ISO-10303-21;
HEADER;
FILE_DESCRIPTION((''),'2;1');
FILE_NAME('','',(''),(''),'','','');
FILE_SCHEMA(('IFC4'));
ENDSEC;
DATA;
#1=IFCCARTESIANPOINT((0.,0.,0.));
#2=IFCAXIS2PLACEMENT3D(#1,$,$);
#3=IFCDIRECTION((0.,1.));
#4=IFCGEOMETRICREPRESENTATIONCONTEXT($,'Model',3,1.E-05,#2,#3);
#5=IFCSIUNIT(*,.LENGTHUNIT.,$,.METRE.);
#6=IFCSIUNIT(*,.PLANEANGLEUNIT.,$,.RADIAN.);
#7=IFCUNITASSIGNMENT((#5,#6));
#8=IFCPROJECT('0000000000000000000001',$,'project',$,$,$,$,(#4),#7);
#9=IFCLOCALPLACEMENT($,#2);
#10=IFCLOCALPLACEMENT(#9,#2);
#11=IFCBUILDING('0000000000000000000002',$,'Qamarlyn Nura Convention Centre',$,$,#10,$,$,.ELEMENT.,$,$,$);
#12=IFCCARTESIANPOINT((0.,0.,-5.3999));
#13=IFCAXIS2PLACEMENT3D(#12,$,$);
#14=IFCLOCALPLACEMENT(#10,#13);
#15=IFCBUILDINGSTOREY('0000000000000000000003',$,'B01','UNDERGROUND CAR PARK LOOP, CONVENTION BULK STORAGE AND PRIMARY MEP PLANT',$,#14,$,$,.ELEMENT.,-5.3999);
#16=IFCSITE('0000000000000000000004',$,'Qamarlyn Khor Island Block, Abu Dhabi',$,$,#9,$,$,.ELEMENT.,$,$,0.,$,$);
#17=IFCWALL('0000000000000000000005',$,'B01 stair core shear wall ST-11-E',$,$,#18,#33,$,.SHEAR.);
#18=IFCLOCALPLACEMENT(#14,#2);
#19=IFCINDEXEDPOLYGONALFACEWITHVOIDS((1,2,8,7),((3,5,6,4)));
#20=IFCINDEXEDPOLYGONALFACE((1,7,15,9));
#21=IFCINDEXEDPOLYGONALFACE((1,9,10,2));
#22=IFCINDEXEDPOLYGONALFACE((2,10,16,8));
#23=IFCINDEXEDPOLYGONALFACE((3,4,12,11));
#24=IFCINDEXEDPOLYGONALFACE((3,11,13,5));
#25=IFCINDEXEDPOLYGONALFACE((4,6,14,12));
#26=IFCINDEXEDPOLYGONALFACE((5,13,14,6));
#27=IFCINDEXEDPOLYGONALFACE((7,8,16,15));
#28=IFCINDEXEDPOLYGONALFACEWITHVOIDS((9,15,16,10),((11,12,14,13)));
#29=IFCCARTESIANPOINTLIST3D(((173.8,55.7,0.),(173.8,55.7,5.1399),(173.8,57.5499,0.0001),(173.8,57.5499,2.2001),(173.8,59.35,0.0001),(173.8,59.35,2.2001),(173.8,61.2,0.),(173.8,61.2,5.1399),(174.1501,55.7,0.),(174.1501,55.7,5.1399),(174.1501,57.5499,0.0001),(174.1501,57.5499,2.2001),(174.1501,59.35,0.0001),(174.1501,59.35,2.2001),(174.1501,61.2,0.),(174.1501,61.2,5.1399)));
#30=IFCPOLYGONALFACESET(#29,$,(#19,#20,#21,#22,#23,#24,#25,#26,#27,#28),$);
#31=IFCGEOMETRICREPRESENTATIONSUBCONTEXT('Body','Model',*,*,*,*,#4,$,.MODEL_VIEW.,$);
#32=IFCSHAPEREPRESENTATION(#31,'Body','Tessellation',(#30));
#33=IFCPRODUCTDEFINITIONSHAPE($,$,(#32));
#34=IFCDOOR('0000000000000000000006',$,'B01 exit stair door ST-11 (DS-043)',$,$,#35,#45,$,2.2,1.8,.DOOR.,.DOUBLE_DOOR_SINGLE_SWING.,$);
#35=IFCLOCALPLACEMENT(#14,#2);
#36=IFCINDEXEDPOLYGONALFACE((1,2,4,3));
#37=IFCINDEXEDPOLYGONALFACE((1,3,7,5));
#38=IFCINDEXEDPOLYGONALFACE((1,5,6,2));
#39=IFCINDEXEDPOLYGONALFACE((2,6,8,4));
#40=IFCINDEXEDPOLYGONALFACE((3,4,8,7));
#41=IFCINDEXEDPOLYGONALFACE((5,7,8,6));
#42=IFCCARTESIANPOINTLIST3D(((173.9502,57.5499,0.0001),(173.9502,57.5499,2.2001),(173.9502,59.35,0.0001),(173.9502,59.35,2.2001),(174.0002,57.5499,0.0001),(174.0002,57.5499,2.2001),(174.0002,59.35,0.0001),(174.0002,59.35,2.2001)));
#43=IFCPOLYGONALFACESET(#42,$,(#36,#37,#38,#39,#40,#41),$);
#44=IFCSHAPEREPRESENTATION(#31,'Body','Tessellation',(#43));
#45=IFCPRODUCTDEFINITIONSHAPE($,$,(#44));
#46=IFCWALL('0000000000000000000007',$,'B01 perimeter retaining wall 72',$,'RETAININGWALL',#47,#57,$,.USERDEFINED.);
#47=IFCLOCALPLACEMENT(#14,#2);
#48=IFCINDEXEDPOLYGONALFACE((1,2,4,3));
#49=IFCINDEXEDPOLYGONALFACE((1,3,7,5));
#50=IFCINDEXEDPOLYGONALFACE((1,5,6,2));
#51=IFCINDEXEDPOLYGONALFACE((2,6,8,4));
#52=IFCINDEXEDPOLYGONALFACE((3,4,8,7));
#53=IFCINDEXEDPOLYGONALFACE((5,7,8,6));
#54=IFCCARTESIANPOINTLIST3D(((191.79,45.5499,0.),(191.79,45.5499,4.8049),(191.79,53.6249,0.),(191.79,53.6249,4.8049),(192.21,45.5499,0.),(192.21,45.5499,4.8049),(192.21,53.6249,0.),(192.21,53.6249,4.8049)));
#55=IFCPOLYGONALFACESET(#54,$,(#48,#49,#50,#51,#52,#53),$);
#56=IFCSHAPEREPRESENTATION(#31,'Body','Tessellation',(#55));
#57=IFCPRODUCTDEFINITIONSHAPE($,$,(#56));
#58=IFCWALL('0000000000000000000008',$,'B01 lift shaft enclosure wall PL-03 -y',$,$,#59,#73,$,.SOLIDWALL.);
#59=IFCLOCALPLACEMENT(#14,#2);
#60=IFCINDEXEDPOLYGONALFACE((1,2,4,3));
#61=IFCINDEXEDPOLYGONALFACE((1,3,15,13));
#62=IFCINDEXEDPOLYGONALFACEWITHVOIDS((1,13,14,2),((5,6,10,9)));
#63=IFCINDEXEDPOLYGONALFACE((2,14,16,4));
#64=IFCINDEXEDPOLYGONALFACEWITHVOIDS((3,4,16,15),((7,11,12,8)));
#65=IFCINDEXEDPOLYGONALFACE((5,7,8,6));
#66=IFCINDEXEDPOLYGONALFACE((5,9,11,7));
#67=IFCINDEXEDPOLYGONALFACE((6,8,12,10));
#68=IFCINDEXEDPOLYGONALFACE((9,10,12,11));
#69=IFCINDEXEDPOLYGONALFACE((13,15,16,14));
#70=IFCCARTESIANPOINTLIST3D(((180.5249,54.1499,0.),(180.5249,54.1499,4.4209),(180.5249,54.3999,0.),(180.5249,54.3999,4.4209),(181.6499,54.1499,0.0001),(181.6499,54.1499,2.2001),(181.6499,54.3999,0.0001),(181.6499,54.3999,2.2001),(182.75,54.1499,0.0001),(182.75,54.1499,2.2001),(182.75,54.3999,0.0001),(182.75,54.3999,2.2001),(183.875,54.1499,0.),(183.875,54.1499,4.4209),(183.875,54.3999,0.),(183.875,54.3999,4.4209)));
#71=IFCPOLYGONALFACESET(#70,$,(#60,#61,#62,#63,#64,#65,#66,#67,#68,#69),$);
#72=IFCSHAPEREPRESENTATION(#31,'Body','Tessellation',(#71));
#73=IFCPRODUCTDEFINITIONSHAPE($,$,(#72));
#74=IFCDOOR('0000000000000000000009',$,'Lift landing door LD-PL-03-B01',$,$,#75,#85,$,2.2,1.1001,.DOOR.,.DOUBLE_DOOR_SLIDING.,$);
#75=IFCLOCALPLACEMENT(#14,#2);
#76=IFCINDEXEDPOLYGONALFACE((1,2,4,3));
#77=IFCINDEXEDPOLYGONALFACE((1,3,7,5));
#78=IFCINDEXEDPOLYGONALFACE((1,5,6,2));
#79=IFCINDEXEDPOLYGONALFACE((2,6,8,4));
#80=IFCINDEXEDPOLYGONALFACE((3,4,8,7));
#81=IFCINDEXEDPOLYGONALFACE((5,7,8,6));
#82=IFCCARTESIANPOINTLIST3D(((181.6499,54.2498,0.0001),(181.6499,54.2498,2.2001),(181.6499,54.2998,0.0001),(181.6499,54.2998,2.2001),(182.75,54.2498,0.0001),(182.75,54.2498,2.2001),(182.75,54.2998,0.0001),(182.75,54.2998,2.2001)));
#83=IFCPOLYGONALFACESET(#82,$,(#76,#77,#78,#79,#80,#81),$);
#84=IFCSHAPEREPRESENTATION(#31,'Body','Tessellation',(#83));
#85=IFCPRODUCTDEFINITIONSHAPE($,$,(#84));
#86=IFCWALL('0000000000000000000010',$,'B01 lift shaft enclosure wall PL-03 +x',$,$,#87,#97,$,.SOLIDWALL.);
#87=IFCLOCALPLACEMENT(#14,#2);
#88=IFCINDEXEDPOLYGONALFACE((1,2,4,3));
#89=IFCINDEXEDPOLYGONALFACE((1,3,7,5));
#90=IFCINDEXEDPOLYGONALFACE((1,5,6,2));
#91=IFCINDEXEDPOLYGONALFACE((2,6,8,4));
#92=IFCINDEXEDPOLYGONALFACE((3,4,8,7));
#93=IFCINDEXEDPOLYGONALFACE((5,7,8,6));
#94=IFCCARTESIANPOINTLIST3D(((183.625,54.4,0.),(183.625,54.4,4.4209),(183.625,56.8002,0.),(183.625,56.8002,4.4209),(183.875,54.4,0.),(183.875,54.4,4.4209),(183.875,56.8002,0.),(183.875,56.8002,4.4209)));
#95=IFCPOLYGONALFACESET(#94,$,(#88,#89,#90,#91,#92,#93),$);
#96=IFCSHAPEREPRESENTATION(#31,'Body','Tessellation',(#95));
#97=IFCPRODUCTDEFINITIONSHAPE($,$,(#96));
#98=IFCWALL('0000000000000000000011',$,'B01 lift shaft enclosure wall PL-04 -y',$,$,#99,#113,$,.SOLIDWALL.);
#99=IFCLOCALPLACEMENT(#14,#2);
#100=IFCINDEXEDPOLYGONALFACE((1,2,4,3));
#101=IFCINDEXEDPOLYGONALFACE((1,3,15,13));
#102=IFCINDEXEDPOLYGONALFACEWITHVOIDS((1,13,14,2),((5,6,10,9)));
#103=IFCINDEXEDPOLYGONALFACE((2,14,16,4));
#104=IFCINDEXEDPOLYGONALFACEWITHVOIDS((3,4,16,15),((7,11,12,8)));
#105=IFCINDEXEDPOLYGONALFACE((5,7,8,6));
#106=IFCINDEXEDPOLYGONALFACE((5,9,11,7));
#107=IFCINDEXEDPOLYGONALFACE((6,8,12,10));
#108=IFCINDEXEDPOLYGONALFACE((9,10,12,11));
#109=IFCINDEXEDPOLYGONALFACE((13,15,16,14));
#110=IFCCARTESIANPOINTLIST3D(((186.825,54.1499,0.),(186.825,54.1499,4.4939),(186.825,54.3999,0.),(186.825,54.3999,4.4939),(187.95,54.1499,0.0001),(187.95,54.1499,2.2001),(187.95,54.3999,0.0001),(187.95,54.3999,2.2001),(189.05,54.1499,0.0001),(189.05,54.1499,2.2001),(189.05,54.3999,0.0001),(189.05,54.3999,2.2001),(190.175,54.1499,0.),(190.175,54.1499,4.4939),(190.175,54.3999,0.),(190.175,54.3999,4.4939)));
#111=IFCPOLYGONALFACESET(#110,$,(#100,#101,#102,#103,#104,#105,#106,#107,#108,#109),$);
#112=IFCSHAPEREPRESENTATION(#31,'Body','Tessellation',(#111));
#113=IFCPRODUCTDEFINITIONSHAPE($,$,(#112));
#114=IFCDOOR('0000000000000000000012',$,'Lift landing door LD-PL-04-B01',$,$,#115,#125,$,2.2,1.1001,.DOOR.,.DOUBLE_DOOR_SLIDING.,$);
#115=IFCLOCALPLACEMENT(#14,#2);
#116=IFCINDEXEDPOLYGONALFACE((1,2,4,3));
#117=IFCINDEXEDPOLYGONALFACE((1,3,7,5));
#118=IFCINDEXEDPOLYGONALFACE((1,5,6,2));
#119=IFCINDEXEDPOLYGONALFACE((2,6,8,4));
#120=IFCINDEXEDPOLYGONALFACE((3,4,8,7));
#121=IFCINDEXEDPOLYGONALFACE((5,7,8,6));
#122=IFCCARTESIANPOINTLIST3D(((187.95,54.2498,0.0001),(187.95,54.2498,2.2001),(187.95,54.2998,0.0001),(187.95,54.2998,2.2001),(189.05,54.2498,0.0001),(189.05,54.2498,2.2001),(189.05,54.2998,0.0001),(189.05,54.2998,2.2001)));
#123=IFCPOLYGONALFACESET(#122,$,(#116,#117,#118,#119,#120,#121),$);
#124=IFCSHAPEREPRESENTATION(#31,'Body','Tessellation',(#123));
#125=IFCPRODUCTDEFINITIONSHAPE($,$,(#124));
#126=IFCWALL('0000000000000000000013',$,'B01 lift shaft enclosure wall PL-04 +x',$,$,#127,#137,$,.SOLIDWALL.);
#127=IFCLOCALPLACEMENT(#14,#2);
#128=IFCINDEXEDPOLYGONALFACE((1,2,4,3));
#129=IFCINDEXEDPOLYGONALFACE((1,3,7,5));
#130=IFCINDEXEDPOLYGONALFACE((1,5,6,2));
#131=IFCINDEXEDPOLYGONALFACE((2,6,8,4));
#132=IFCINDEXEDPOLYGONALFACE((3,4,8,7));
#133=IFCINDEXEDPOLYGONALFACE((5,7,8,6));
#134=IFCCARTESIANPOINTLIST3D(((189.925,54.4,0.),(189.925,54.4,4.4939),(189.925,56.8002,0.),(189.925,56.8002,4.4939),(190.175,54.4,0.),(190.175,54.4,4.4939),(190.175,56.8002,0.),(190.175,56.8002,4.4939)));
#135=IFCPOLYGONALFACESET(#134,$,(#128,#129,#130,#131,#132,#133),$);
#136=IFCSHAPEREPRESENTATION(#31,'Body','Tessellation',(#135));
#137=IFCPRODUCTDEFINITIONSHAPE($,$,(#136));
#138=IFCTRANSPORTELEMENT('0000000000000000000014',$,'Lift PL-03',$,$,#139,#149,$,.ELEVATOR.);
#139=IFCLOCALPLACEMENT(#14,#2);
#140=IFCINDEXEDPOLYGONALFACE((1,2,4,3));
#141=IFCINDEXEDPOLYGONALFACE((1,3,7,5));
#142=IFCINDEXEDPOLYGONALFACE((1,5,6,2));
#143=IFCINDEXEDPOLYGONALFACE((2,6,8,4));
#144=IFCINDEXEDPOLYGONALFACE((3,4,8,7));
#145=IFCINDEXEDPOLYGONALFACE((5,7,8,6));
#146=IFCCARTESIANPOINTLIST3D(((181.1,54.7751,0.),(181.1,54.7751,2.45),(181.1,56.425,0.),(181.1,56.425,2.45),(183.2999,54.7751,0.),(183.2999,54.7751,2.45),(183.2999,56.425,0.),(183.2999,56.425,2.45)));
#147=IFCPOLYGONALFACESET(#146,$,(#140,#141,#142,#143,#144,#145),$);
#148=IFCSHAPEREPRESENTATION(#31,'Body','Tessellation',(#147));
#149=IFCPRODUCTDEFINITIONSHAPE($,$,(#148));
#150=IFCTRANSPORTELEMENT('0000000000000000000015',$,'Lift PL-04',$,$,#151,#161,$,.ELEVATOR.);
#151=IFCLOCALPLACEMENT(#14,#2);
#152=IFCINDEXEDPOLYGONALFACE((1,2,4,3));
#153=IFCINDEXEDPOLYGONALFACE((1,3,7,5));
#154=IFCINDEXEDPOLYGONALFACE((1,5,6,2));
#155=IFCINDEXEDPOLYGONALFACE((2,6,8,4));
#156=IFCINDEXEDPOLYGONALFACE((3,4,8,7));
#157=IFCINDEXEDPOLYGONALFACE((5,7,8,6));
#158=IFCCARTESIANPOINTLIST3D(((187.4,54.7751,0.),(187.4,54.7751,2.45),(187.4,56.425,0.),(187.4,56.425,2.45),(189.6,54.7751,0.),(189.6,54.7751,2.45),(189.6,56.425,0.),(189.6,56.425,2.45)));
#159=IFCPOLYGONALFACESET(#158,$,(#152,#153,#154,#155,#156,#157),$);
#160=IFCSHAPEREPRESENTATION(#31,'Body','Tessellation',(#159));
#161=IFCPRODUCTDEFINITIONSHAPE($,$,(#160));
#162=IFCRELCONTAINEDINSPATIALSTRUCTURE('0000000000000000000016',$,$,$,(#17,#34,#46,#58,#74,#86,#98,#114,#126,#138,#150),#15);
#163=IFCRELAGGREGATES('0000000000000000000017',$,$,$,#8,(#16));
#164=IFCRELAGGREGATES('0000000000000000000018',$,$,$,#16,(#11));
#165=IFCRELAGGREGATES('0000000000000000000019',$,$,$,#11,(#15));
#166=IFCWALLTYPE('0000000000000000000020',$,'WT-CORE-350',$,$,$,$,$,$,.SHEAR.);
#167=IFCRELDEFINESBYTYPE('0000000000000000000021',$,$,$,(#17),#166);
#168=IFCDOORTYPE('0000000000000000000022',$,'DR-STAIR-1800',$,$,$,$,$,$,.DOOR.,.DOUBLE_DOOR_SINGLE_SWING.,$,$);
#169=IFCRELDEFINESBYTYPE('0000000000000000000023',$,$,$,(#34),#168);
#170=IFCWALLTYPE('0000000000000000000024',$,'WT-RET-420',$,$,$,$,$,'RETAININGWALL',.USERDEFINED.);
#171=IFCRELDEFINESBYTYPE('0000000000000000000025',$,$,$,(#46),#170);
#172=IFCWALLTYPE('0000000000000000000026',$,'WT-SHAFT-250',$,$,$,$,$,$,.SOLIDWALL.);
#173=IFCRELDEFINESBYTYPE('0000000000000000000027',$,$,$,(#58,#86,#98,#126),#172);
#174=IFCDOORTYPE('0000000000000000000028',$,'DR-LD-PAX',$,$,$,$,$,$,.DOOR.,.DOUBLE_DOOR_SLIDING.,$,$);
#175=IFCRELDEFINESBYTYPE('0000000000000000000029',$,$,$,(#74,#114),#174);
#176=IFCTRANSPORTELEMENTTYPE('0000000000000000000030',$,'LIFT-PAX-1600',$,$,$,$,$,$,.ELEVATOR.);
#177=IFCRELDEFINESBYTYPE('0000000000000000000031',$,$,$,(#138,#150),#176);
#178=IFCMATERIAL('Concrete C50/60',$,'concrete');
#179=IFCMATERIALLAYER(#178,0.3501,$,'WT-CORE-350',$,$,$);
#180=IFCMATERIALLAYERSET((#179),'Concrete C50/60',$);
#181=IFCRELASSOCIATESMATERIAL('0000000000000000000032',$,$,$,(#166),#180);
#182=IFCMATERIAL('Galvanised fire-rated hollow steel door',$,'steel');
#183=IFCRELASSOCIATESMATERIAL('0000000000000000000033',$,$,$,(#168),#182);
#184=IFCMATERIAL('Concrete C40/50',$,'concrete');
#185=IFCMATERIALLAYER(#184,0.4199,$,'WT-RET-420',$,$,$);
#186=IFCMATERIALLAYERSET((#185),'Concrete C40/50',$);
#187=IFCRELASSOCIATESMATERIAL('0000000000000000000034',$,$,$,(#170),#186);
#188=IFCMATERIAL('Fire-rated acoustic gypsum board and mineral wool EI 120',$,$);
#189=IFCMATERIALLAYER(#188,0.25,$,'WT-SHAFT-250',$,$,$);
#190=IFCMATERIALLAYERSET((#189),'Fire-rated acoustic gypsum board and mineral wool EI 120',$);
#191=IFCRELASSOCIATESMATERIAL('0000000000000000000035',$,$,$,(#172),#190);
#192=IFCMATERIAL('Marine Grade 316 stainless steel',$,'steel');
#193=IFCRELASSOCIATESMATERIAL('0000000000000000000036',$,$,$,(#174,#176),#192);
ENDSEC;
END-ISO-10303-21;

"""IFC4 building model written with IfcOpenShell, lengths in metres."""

from ifc_helpers import new_model, si_unit, direction, frame, frame_2d, origin, origin_2d, place, context, subcontext, project, spatial, rectangle, extrude, material, layer, layer_set, type_object, element, fill, save


model = new_model("IFC4")

# Units and contexts
model_context = context("Model", 3, precision=1e-05, world=origin(), true_north=direction((0.0, 1.0)))
body_context = subcontext(model_context, "Body", "Model", "MODEL_VIEW")
ifc_project = project(units=[si_unit("LENGTHUNIT", "METRE"), si_unit("PLANEANGLEUNIT", "RADIAN")], contexts=[model_context])

# Site, building, storey
site_placement = place(None, origin())
site = spatial("IfcSite", under=ifc_project, at=site_placement, Name="Qamarlyn Khor Island Block, Abu Dhabi", CompositionType="ELEMENT", RefElevation=0.0)
building_placement = place(site_placement, origin())
building = spatial("IfcBuilding", under=site, at=building_placement, Name="Qamarlyn Nura Convention Centre", CompositionType="ELEMENT")
storey_placement = place(building_placement, frame((0.0, 0.0, -5.3999)))
storey = spatial("IfcBuildingStorey", under=building, at=storey_placement, Name="B01", Description="UNDERGROUND CAR PARK LOOP, CONVENTION BULK STORAGE AND PRIMARY MEP PLANT", CompositionType="ELEMENT", Elevation=-5.3999)

# Shared definitions
ifc_material_1 = material(Name="Concrete C40/50", Category="concrete")

# Shared definitions
ifc_material_2 = material(Name="Concrete C50/60", Category="concrete")

# Wall, opening, door
ifc_layer_1 = layer(ifc_material_2, 0.3501, Name="WT-CORE-350")
ifc_layer_set_1 = layer_set([ifc_layer_1], Name="Concrete C50/60")
wall_type_1 = type_object("IfcWallType", Name="WT-CORE-350", PredefinedType="SHEAR", material=ifc_layer_set_1)
wall_1_placement = place(storey_placement, frame((173.9751, 55.7, 0.0), z_axis=(0.0, 0.0, 1.0), x_axis=(0.0, 1.0, 0.0)))
wall_1 = element("IfcWall", 1, at=wall_1_placement, inside=storey, type_object=wall_type_1, Name="B01 stair core shear wall ST-11-E", PredefinedType="SHEAR", context=body_context, shape_type="SweptSolid", body=[
    extrude(rectangle(XDim=5.5, YDim=0.3501, at=frame_2d((2.75, 0.0))), origin(), (0.0, 0.0, 1.0), 5.1399),
])
opening_1_placement = place(wall_1_placement, frame((1.8501, 0.0, 0.0)))
opening_1 = element("IfcOpeningElement", 2, at=opening_1_placement, cuts=wall_1, PredefinedType="OPENING", context=body_context, shape_type="SweptSolid", body=[
    extrude(rectangle(XDim=1.8, YDim=2.2, at=frame_2d((0.8999, 1.1001))), frame((0.0, 0.1851, 0.0), z_axis=(0.0, -1.0, 0.0), x_axis=(1.0, 0.0, 0.0)), (0.0, 0.0, 1.0), 0.3701),
])
ifc_material_3 = material(Name="Galvanised fire-rated hollow steel door", Category="steel")
door_type_1 = type_object("IfcDoorType", Name="DR-STAIR-1800", OperationType="DOUBLE_DOOR_SINGLE_SWING", PredefinedType="DOOR", material=ifc_material_3)
door_1_placement = place(opening_1_placement, origin())
door_1 = element("IfcDoor", 3, at=door_1_placement, inside=storey, type_object=door_type_1, Name="B01 exit stair door ST-11 (DS-043)", OperationType="DOUBLE_DOOR_SINGLE_SWING", OverallHeight=2.2, OverallWidth=1.8, PredefinedType="DOOR", context=body_context, shape_type="SweptSolid", body=[
    extrude(rectangle(XDim=1.8, YDim=2.2, at=frame_2d((0.8999, 1.1001))), frame((0.0, 0.0249, 0.0), z_axis=(0.0, -1.0, 0.0), x_axis=(1.0, 0.0, 0.0)), (0.0, 0.0, 1.0), 0.05),
])
fill(opening_1, door_1)

# Wall
ifc_layer_2 = layer(ifc_material_1, 0.4199, Name="WT-RET-420")
ifc_layer_set_2 = layer_set([ifc_layer_2], Name="Concrete C40/50")
wall_type_2 = type_object("IfcWallType", Name="WT-RET-420", ElementType="RETAININGWALL", PredefinedType="USERDEFINED", material=ifc_layer_set_2)
wall_2_placement = place(storey_placement, frame((192.0, 53.625, 0.0), z_axis=(0.0, 0.0, 1.0), x_axis=(0.0, -1.0, 0.0)))
element("IfcWall", 4, at=wall_2_placement, inside=storey, type_object=wall_type_2, Name="B01 perimeter retaining wall 72", ObjectType="RETAININGWALL", PredefinedType="USERDEFINED", context=body_context, shape_type="SweptSolid", body=[
    extrude(rectangle(XDim=8.075, YDim=0.4199, at=frame_2d((4.0376, 0.0))), origin(), (0.0, 0.0, 1.0), 4.8049),
])

# Wall, opening, door
ifc_material_4 = material(Name="Fire-rated acoustic gypsum board and mineral wool EI 120")
ifc_layer_3 = layer(ifc_material_4, 0.25, Name="WT-SHAFT-250")
ifc_layer_set_3 = layer_set([ifc_layer_3], Name="Fire-rated acoustic gypsum board and mineral wool EI 120")
wall_type_3 = type_object("IfcWallType", Name="WT-SHAFT-250", PredefinedType="SOLIDWALL", material=ifc_layer_set_3)
wall_3_placement = place(storey_placement, frame((180.5249, 54.2749, 0.0), z_axis=(0.0, 0.0, 1.0), x_axis=(1.0, 0.0, 0.0)))
wall_3 = element("IfcWall", 5, at=wall_3_placement, inside=storey, type_object=wall_type_3, Name="B01 lift shaft enclosure wall PL-03 -y", PredefinedType="SOLIDWALL", context=body_context, shape_type="SweptSolid", body=[
    extrude(rectangle(XDim=3.3501, YDim=0.25, at=frame_2d((1.675, 0.0))), origin(), (0.0, 0.0, 1.0), 4.4209),
])
opening_2_placement = place(wall_3_placement, frame((1.125, 0.0, 0.0)))
opening_2 = element("IfcOpeningElement", 6, at=opening_2_placement, cuts=wall_3, PredefinedType="OPENING", context=body_context, shape_type="SweptSolid", body=[
    extrude(rectangle(XDim=1.1001, YDim=2.2, at=frame_2d((0.55, 1.1001))), frame((0.0, 0.135, 0.0), z_axis=(0.0, -1.0, 0.0), x_axis=(1.0, 0.0, 0.0)), (0.0, 0.0, 1.0), 0.27),
])
ifc_material_5 = material(Name="Marine Grade 316 stainless steel", Category="steel")
door_type_2 = type_object("IfcDoorType", Name="DR-LD-PAX", OperationType="DOUBLE_DOOR_SLIDING", PredefinedType="DOOR", material=ifc_material_5)
door_2_placement = place(opening_2_placement, origin())
door_2 = element("IfcDoor", 7, at=door_2_placement, inside=storey, type_object=door_type_2, Name="Lift landing door LD-PL-03-B01", OperationType="DOUBLE_DOOR_SLIDING", OverallHeight=2.2, OverallWidth=1.1001, PredefinedType="DOOR", context=body_context, shape_type="SweptSolid", body=[
    extrude(rectangle(XDim=1.1001, YDim=2.2, at=frame_2d((0.55, 1.1001))), frame((0.0, 0.0249, 0.0), z_axis=(0.0, -1.0, 0.0), x_axis=(1.0, 0.0, 0.0)), (0.0, 0.0, 1.0), 0.05),
])
fill(opening_2, door_2)

# Wall
wall_4_placement = place(storey_placement, frame((183.75, 54.3999, 0.0), z_axis=(0.0, 0.0, 1.0), x_axis=(0.0, 1.0, 0.0)))
element("IfcWall", 8, at=wall_4_placement, inside=storey, type_object=wall_type_3, Name="B01 lift shaft enclosure wall PL-03 +x", PredefinedType="SOLIDWALL", context=body_context, shape_type="SweptSolid", body=[
    extrude(rectangle(XDim=2.4001, YDim=0.25, at=frame_2d((1.2002, 0.0))), origin(), (0.0, 0.0, 1.0), 4.4209),
])

# Wall, opening, door
wall_5_placement = place(storey_placement, frame((186.825, 54.2749, 0.0), z_axis=(0.0, 0.0, 1.0), x_axis=(1.0, 0.0, 0.0)))
wall_5 = element("IfcWall", 9, at=wall_5_placement, inside=storey, type_object=wall_type_3, Name="B01 lift shaft enclosure wall PL-04 -y", PredefinedType="SOLIDWALL", context=body_context, shape_type="SweptSolid", body=[
    extrude(rectangle(XDim=3.3501, YDim=0.25, at=frame_2d((1.675, 0.0))), origin(), (0.0, 0.0, 1.0), 4.4939),
])
opening_3_placement = place(wall_5_placement, frame((1.125, 0.0, 0.0)))
opening_3 = element("IfcOpeningElement", 10, at=opening_3_placement, cuts=wall_5, PredefinedType="OPENING", context=body_context, shape_type="SweptSolid", body=[
    extrude(rectangle(XDim=1.1001, YDim=2.2, at=frame_2d((0.55, 1.1001))), frame((0.0, 0.135, 0.0), z_axis=(0.0, -1.0, 0.0), x_axis=(1.0, 0.0, 0.0)), (0.0, 0.0, 1.0), 0.27),
])
door_3_placement = place(opening_3_placement, origin())
door_3 = element("IfcDoor", 11, at=door_3_placement, inside=storey, type_object=door_type_2, Name="Lift landing door LD-PL-04-B01", OperationType="DOUBLE_DOOR_SLIDING", OverallHeight=2.2, OverallWidth=1.1001, PredefinedType="DOOR", context=body_context, shape_type="SweptSolid", body=[
    extrude(rectangle(XDim=1.1001, YDim=2.2, at=frame_2d((0.55, 1.1001))), frame((0.0, 0.0249, 0.0), z_axis=(0.0, -1.0, 0.0), x_axis=(1.0, 0.0, 0.0)), (0.0, 0.0, 1.0), 0.05),
])
fill(opening_3, door_3)

# Wall
wall_6_placement = place(storey_placement, frame((190.05, 54.3999, 0.0), z_axis=(0.0, 0.0, 1.0), x_axis=(0.0, 1.0, 0.0)))
element("IfcWall", 12, at=wall_6_placement, inside=storey, type_object=wall_type_3, Name="B01 lift shaft enclosure wall PL-04 +x", PredefinedType="SOLIDWALL", context=body_context, shape_type="SweptSolid", body=[
    extrude(rectangle(XDim=2.4001, YDim=0.25, at=frame_2d((1.2002, 0.0))), origin(), (0.0, 0.0, 1.0), 4.4939),
])

# Transport elements
transport_element_type = type_object("IfcTransportElementType", Name="LIFT-PAX-1600", PredefinedType="ELEVATOR", material=ifc_material_5)
for number, where, z_axis, x_axis, name in (
    (13, (182.2, 55.6001, 0.0), (0.0, 0.0, 1.0), (1.0, 0.0, 0.0), "Lift PL-03"),
    (14, (188.5, 55.6001, 0.0), (0.0, 0.0, 1.0), (1.0, 0.0, 0.0), "Lift PL-04"),
):
    element("IfcTransportElement", number, at=place(storey_placement, frame(where, z_axis=z_axis, x_axis=x_axis)), inside=storey, type_object=transport_element_type, Name=name, PredefinedType="ELEVATOR", context=body_context, shape_type="SweptSolid", body=[
        extrude(rectangle(XDim=2.2, YDim=1.6499, at=origin_2d()), origin(), (0.0, 0.0, 1.0), 2.45),
    ])

save(model, "model.ifc")
